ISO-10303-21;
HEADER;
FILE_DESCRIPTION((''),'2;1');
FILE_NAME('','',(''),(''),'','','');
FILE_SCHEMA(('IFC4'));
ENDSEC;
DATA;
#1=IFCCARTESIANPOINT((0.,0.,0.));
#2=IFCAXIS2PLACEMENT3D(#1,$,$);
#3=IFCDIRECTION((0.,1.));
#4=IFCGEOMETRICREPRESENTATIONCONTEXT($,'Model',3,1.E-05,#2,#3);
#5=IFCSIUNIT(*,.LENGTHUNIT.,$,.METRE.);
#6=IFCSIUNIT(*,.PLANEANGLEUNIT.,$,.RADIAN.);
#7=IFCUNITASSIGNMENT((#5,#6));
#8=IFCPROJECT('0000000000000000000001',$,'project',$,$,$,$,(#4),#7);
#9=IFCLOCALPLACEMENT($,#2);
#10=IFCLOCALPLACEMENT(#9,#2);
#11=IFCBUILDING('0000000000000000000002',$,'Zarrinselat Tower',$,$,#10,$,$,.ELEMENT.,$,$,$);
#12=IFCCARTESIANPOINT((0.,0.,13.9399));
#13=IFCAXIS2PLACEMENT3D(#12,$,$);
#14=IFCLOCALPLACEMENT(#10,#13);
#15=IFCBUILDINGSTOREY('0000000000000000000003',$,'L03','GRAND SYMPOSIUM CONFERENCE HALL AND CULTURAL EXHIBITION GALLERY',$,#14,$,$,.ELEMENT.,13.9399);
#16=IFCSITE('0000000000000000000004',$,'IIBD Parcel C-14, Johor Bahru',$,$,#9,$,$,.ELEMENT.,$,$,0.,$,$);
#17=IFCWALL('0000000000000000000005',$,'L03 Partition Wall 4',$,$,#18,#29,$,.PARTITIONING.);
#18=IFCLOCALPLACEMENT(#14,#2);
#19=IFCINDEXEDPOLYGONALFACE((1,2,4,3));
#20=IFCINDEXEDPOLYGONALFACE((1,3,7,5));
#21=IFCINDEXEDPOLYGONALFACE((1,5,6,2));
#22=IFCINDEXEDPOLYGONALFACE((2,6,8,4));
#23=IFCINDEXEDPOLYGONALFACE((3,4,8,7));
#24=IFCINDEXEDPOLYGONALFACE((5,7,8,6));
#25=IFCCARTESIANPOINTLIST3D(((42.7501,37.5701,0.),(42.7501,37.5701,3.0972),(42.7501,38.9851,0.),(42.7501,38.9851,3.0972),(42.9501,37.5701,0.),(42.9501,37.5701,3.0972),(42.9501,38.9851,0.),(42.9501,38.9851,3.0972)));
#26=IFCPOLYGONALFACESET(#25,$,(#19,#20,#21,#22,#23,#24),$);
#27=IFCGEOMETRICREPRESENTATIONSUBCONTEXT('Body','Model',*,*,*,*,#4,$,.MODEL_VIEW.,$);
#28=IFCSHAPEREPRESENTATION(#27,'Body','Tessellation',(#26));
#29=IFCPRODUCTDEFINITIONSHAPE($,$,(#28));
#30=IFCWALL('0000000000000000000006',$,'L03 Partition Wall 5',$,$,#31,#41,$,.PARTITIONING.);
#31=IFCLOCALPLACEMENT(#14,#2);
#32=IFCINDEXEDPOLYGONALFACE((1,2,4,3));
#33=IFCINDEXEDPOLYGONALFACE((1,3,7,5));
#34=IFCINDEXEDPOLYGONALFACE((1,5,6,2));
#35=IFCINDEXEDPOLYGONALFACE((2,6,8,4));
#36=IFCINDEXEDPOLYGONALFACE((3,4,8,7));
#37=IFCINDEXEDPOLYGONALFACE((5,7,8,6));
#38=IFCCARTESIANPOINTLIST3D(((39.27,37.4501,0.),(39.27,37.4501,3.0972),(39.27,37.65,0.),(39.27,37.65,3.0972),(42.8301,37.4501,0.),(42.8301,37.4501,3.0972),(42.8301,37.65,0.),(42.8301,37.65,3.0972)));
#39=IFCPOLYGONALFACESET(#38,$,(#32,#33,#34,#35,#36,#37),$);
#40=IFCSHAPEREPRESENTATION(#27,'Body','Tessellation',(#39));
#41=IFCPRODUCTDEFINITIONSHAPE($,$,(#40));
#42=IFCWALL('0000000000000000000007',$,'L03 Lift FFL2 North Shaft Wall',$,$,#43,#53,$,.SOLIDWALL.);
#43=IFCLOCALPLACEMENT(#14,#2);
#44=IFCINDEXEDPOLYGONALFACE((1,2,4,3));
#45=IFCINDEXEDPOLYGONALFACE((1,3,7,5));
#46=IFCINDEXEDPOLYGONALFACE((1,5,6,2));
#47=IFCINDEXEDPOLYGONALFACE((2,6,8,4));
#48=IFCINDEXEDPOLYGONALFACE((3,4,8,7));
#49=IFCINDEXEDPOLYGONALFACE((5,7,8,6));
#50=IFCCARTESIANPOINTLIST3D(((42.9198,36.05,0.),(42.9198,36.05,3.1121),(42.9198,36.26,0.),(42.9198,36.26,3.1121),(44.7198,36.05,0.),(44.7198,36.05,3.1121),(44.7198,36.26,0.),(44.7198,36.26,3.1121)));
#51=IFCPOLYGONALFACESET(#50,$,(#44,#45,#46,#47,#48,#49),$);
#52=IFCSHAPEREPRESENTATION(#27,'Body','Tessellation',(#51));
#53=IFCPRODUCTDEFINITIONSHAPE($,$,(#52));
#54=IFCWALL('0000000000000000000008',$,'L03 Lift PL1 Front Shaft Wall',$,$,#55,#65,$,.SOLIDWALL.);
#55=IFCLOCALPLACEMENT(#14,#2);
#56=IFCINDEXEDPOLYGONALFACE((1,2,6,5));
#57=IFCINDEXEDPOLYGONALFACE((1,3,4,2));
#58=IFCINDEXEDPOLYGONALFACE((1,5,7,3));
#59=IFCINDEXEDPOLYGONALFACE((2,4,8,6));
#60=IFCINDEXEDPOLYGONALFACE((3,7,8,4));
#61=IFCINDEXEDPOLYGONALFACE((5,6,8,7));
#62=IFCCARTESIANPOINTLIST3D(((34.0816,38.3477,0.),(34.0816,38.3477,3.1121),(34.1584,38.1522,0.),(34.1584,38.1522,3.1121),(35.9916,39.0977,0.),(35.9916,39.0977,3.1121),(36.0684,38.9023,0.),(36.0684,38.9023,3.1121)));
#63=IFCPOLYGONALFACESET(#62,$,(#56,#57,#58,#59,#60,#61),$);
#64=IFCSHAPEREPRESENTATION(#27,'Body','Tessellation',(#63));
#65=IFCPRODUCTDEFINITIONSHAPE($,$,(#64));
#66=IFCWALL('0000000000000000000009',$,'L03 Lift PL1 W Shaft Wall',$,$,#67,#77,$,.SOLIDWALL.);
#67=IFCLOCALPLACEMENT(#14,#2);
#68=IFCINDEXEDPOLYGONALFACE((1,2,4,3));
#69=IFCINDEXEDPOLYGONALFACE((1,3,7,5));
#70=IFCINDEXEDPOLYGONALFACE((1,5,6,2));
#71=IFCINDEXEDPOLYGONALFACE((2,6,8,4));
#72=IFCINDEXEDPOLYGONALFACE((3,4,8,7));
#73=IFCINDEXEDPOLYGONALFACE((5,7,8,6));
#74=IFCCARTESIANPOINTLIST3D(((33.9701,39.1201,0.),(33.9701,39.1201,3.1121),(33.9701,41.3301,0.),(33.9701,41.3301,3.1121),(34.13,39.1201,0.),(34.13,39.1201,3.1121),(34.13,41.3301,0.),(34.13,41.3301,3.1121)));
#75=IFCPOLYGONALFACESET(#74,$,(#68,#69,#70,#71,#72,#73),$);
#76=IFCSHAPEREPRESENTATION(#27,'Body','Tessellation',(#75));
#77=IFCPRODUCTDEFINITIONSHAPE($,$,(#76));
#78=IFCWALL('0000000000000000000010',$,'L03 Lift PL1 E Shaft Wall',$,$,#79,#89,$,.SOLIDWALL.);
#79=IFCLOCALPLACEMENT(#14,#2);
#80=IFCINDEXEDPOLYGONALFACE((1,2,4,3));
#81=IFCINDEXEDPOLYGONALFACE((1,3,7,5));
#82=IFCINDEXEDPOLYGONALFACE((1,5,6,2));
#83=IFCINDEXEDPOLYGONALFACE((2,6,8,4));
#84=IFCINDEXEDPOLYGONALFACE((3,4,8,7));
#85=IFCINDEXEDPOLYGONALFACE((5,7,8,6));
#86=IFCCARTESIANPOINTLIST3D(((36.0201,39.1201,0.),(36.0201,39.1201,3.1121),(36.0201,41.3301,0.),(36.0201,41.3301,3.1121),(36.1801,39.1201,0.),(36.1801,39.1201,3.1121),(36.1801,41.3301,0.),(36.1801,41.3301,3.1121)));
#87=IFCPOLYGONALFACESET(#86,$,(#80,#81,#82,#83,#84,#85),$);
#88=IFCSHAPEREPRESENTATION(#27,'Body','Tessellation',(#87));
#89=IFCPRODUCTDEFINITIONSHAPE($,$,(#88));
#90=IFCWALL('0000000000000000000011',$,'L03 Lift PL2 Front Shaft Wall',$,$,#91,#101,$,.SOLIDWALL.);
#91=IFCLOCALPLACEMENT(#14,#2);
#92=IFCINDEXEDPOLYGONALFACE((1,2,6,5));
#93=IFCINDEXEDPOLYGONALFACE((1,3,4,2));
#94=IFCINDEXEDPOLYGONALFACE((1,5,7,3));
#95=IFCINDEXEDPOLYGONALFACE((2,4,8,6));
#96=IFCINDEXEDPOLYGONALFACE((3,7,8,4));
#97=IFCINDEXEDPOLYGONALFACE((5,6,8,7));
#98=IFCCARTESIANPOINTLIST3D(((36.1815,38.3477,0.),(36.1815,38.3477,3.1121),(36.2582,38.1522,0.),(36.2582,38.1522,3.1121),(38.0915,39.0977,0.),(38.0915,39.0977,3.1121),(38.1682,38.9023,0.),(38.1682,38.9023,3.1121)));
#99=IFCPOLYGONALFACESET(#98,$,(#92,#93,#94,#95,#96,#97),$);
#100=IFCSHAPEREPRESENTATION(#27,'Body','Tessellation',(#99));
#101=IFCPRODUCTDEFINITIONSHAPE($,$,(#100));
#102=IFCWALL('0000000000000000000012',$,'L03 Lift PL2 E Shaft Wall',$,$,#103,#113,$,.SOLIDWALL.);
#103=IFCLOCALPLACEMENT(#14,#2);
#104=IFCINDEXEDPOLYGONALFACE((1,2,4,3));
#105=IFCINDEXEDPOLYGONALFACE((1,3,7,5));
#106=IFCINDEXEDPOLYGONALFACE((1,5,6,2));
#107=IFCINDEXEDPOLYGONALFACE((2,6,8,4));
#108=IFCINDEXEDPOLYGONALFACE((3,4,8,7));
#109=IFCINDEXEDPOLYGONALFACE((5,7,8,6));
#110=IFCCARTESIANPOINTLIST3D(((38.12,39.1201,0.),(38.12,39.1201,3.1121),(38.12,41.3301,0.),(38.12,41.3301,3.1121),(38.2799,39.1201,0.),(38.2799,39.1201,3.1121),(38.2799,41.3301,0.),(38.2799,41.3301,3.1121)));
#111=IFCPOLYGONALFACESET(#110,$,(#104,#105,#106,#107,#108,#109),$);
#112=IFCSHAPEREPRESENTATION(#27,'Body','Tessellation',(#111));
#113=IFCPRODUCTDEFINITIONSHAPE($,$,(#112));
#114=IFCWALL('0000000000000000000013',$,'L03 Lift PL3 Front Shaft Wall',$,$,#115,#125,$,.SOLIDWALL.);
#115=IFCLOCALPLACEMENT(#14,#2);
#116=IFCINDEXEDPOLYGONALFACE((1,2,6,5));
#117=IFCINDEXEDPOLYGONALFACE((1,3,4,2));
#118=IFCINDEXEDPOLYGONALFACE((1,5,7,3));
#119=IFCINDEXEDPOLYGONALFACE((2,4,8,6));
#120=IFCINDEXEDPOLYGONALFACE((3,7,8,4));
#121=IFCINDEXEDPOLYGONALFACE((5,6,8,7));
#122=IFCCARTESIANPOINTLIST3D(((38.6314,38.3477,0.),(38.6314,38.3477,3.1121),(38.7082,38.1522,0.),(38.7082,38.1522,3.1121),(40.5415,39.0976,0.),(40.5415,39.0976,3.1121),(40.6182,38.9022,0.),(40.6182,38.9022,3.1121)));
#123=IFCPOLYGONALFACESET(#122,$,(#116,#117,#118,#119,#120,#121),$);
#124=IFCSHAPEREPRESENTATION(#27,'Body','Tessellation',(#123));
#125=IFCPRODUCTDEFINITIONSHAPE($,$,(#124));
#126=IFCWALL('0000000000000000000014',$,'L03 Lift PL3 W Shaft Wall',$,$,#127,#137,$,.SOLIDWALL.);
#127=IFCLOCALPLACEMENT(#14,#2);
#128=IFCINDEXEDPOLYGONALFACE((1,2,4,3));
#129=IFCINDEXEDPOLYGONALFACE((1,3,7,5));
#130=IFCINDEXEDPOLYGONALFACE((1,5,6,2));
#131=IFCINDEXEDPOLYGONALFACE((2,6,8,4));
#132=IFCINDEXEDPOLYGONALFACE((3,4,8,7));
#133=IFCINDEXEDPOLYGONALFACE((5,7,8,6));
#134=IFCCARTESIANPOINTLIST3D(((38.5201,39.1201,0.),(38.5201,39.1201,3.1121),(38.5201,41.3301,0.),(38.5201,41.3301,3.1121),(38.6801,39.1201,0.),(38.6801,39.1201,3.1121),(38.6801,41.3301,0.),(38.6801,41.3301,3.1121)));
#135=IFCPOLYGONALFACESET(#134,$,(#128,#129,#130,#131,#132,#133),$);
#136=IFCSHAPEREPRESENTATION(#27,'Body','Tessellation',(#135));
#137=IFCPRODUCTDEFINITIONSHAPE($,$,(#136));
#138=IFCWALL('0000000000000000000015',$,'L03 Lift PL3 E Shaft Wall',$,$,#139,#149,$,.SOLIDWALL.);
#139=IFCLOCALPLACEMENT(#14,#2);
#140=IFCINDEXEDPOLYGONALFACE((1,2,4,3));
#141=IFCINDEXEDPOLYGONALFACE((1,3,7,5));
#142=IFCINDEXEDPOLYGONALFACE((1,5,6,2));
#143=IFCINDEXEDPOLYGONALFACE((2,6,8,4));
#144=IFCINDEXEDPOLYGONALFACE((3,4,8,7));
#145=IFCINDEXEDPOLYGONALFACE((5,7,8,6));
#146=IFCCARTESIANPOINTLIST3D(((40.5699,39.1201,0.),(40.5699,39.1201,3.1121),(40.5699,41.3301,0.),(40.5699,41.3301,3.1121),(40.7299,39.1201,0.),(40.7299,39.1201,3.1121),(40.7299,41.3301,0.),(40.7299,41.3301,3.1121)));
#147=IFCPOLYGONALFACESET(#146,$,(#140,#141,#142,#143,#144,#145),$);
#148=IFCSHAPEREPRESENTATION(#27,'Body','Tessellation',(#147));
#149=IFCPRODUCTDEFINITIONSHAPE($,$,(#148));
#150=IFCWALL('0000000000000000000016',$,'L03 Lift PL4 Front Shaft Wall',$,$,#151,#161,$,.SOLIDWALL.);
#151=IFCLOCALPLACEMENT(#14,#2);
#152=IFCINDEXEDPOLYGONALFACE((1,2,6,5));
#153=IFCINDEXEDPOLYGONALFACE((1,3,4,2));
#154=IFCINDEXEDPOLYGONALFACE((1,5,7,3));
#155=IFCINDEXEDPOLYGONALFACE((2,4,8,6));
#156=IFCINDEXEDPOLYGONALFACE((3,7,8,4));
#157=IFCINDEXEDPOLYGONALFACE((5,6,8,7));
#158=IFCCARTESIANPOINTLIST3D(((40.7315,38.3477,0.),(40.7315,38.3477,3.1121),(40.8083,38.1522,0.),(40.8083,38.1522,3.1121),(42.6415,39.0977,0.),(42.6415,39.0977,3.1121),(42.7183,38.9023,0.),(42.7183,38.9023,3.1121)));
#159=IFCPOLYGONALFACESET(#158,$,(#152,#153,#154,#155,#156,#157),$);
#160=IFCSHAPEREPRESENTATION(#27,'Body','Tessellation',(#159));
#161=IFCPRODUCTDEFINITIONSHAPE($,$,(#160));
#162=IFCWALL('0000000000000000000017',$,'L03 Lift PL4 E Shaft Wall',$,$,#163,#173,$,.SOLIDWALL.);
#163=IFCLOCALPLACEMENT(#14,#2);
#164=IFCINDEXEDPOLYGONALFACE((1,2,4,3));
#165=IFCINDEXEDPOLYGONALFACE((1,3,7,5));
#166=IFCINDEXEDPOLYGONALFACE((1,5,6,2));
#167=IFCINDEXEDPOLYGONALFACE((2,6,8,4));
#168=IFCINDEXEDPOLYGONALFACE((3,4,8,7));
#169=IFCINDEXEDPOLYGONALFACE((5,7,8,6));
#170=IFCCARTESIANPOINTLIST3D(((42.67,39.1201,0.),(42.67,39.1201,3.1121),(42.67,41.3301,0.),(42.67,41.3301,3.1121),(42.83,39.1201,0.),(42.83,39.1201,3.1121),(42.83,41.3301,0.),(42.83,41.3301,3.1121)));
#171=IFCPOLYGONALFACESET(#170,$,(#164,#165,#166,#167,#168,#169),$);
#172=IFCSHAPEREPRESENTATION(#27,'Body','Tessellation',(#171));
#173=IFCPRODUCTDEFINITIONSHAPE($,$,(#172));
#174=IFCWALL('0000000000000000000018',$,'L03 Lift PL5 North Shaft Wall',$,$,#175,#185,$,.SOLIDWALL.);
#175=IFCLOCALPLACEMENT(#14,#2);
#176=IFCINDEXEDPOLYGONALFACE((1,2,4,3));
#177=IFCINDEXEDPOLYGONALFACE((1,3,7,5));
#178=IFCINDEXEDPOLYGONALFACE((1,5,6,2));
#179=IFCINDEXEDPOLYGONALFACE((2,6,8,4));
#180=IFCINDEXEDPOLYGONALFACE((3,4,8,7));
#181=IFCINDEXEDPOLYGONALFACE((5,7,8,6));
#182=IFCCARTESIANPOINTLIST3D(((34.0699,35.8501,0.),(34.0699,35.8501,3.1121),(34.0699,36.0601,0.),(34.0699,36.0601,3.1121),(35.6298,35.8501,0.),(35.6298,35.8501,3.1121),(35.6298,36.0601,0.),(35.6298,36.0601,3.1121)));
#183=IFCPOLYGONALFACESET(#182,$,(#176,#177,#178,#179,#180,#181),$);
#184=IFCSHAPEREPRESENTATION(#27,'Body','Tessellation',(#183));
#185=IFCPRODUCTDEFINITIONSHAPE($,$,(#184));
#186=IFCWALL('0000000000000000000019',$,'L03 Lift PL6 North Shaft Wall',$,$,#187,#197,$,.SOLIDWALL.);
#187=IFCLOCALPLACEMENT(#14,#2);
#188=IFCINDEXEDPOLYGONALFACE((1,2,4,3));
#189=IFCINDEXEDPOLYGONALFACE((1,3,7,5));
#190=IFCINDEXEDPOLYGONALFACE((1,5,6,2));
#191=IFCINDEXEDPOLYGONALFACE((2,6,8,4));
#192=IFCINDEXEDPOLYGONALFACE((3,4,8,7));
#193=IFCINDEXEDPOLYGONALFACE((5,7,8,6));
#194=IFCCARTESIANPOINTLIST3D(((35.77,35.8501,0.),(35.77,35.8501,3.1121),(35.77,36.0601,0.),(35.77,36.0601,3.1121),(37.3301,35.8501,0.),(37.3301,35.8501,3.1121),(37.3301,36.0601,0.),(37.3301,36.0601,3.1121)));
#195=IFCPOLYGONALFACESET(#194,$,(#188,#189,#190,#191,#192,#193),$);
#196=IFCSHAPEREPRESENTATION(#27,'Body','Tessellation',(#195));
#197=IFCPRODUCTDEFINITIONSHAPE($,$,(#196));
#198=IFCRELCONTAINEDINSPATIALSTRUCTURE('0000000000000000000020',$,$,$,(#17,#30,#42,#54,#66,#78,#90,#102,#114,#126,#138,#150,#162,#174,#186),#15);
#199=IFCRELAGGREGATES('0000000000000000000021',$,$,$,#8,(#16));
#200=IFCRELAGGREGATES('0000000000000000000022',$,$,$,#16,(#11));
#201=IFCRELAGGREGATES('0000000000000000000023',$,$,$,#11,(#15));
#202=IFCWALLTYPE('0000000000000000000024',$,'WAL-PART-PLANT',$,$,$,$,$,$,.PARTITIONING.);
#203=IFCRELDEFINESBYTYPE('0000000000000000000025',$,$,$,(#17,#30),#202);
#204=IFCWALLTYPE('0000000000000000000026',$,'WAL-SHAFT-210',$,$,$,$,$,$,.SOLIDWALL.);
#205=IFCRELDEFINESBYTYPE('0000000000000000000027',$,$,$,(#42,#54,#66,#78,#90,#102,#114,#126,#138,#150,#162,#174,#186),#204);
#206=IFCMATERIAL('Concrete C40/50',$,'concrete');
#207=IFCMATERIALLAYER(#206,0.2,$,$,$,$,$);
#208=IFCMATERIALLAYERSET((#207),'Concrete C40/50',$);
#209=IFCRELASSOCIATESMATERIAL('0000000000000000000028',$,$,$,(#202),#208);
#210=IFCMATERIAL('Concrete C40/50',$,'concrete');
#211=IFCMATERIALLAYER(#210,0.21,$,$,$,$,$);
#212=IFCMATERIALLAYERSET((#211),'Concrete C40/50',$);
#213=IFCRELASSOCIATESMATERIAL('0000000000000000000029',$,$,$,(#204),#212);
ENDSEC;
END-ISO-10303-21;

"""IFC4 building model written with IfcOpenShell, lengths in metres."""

from ifc_helpers import new_model, si_unit, direction, frame, frame_2d, origin, place, context, subcontext, project, spatial, rectangle, extrude, material, layer, layer_set, type_object, element, save


model = new_model("IFC4")

# Units and contexts
model_context = context("Model", 3, precision=1e-05, world=origin(), true_north=direction((0.0, 1.0)))
body_context = subcontext(model_context, "Body", "Model", "MODEL_VIEW")
ifc_project = project(units=[si_unit("LENGTHUNIT", "METRE"), si_unit("PLANEANGLEUNIT", "RADIAN")], contexts=[model_context])

# Site, building, storey
site_placement = place(None, origin())
site = spatial("IfcSite", under=ifc_project, at=site_placement, Name="IIBD Parcel C-14, Johor Bahru", CompositionType="ELEMENT", RefElevation=0.0)
building_placement = place(site_placement, origin())
building = spatial("IfcBuilding", under=site, at=building_placement, Name="Zarrinselat Tower", CompositionType="ELEMENT")
storey_placement = place(building_placement, frame((0.0, 0.0, 13.9399)))
storey = spatial("IfcBuildingStorey", under=building, at=storey_placement, Name="L03", Description="GRAND SYMPOSIUM CONFERENCE HALL AND CULTURAL EXHIBITION GALLERY", CompositionType="ELEMENT", Elevation=13.9399)

# Walls
ifc_material_1 = material(Name="Concrete C40/50", Category="concrete")
ifc_layer_1 = layer(ifc_material_1, 0.2)
ifc_layer_set_1 = layer_set([ifc_layer_1], Name="Concrete C40/50")
wall_type_1 = type_object("IfcWallType", Name="WAL-PART-PLANT", PredefinedType="PARTITIONING", material=ifc_layer_set_1)
wall_1_placement = place(storey_placement, frame((42.8501, 37.5701, 0.0), z_axis=(0.0, 0.0, 1.0), x_axis=(0.0, 1.0, 0.0)))
element("IfcWall", 1, at=wall_1_placement, inside=storey, type_object=wall_type_1, Name="L03 Partition Wall 4", PredefinedType="PARTITIONING", context=body_context, shape_type="SweptSolid", body=[
    extrude(rectangle(XDim=1.415, YDim=0.2, at=frame_2d((0.7075, 0.0))), origin(), (0.0, 0.0, 1.0), 3.0972),
])
wall_2_placement = place(storey_placement, frame((39.27, 37.55, 0.0), z_axis=(0.0, 0.0, 1.0), x_axis=(1.0, 0.0, 0.0)))
element("IfcWall", 2, at=wall_2_placement, inside=storey, type_object=wall_type_1, Name="L03 Partition Wall 5", PredefinedType="PARTITIONING", context=body_context, shape_type="SweptSolid", body=[
    extrude(rectangle(XDim=3.5601, YDim=0.2, at=frame_2d((1.78, 0.0))), origin(), (0.0, 0.0, 1.0), 3.0972),
])
ifc_material_2 = material(Name="Concrete C40/50", Category="concrete")
ifc_layer_2 = layer(ifc_material_2, 0.21)
ifc_layer_set_2 = layer_set([ifc_layer_2], Name="Concrete C40/50")
wall_type_2 = type_object("IfcWallType", Name="WAL-SHAFT-210", PredefinedType="SOLIDWALL", material=ifc_layer_set_2)
wall_3_placement = place(storey_placement, frame((42.9199, 36.155, 0.0), z_axis=(0.0, 0.0, 1.0), x_axis=(1.0, 0.0, 0.0)))
element("IfcWall", 3, at=wall_3_placement, inside=storey, type_object=wall_type_2, Name="L03 Lift FFL2 North Shaft Wall", PredefinedType="SOLIDWALL", context=body_context, shape_type="SweptSolid", body=[
    extrude(rectangle(XDim=1.8, YDim=0.21, at=frame_2d((0.8999, 0.0))), origin(), (0.0, 0.0, 1.0), 3.1121),
])
wall_4_placement = place(storey_placement, frame((34.1201, 38.25, 0.0), z_axis=(0.0, 0.0, 1.0), x_axis=(0.930805, 0.365516, 0.0)))
element("IfcWall", 4, at=wall_4_placement, inside=storey, type_object=wall_type_2, Name="L03 Lift PL1 Front Shaft Wall", PredefinedType="SOLIDWALL", context=body_context, shape_type="SweptSolid", body=[
    extrude(rectangle(XDim=2.052, YDim=0.21, at=frame_2d((1.0259, 0.0))), origin(), (0.0, 0.0, 1.0), 3.1121),
])
for number, where, z_axis, x_axis, name in (
    (5, (34.05, 39.1201, 0.0), (0.0, 0.0, 1.0), (0.0, 1.0, 0.0), "L03 Lift PL1 W Shaft Wall"),
    (6, (36.1001, 39.1201, 0.0), (0.0, 0.0, 1.0), (0.0, 1.0, 0.0), "L03 Lift PL1 E Shaft Wall"),
):
    element("IfcWall", number, at=place(storey_placement, frame(where, z_axis=z_axis, x_axis=x_axis)), inside=storey, type_object=wall_type_2, Name=name, PredefinedType="SOLIDWALL", context=body_context, shape_type="SweptSolid", body=[
        extrude(rectangle(XDim=2.21, YDim=0.1599, at=frame_2d((1.105, 0.0))), origin(), (0.0, 0.0, 1.0), 3.1121),
    ])
wall_5_placement = place(storey_placement, frame((36.22, 38.25, 0.0), z_axis=(0.0, 0.0, 1.0), x_axis=(0.930805, 0.365516, 0.0)))
element("IfcWall", 7, at=wall_5_placement, inside=storey, type_object=wall_type_2, Name="L03 Lift PL2 Front Shaft Wall", PredefinedType="SOLIDWALL", context=body_context, shape_type="SweptSolid", body=[
    extrude(rectangle(XDim=2.052, YDim=0.21, at=frame_2d((1.0259, 0.0))), origin(), (0.0, 0.0, 1.0), 3.1121),
])
wall_6_placement = place(storey_placement, frame((38.2, 39.1201, 0.0), z_axis=(0.0, 0.0, 1.0), x_axis=(0.0, 1.0, 0.0)))
element("IfcWall", 8, at=wall_6_placement, inside=storey, type_object=wall_type_2, Name="L03 Lift PL2 E Shaft Wall", PredefinedType="SOLIDWALL", context=body_context, shape_type="SweptSolid", body=[
    extrude(rectangle(XDim=2.21, YDim=0.1599, at=frame_2d((1.105, 0.0))), origin(), (0.0, 0.0, 1.0), 3.1121),
])
wall_7_placement = place(storey_placement, frame((38.6699, 38.25, 0.0), z_axis=(0.0, 0.0, 1.0), x_axis=(0.930821, 0.365476, 0.0)))
element("IfcWall", 9, at=wall_7_placement, inside=storey, type_object=wall_type_2, Name="L03 Lift PL3 Front Shaft Wall", PredefinedType="SOLIDWALL", context=body_context, shape_type="SweptSolid", body=[
    extrude(rectangle(XDim=2.052, YDim=0.21, at=frame_2d((1.0259, 0.0))), origin(), (0.0, 0.0, 1.0), 3.1121),
])
for number, where, z_axis, x_axis, name in (
    (10, (38.6001, 39.1201, 0.0), (0.0, 0.0, 1.0), (0.0, 1.0, 0.0), "L03 Lift PL3 W Shaft Wall"),
    (11, (40.6499, 39.1201, 0.0), (0.0, 0.0, 1.0), (0.0, 1.0, 0.0), "L03 Lift PL3 E Shaft Wall"),
):
    element("IfcWall", number, at=place(storey_placement, frame(where, z_axis=z_axis, x_axis=x_axis)), inside=storey, type_object=wall_type_2, Name=name, PredefinedType="SOLIDWALL", context=body_context, shape_type="SweptSolid", body=[
        extrude(rectangle(XDim=2.21, YDim=0.1599, at=frame_2d((1.105, 0.0))), origin(), (0.0, 0.0, 1.0), 3.1121),
    ])
wall_8_placement = place(storey_placement, frame((40.77, 38.25, 0.0), z_axis=(0.0, 0.0, 1.0), x_axis=(0.930805, 0.365516, 0.0)))
element("IfcWall", 12, at=wall_8_placement, inside=storey, type_object=wall_type_2, Name="L03 Lift PL4 Front Shaft Wall", PredefinedType="SOLIDWALL", context=body_context, shape_type="SweptSolid", body=[
    extrude(rectangle(XDim=2.052, YDim=0.21, at=frame_2d((1.0259, 0.0))), origin(), (0.0, 0.0, 1.0), 3.1121),
])
wall_9_placement = place(storey_placement, frame((42.75, 39.1201, 0.0), z_axis=(0.0, 0.0, 1.0), x_axis=(0.0, 1.0, 0.0)))
element("IfcWall", 13, at=wall_9_placement, inside=storey, type_object=wall_type_2, Name="L03 Lift PL4 E Shaft Wall", PredefinedType="SOLIDWALL", context=body_context, shape_type="SweptSolid", body=[
    extrude(rectangle(XDim=2.21, YDim=0.1599, at=frame_2d((1.105, 0.0))), origin(), (0.0, 0.0, 1.0), 3.1121),
])
wall_10_placement = place(storey_placement, frame((34.0701, 35.9551, 0.0), z_axis=(0.0, 0.0, 1.0), x_axis=(1.0, 0.0, 0.0)))
element("IfcWall", 14, at=wall_10_placement, inside=storey, type_object=wall_type_2, Name="L03 Lift PL5 North Shaft Wall", PredefinedType="SOLIDWALL", context=body_context, shape_type="SweptSolid", body=[
    extrude(rectangle(XDim=1.5598, YDim=0.21, at=frame_2d((0.7798, 0.0))), origin(), (0.0, 0.0, 1.0), 3.1121),
])
for number, where, z_axis, x_axis, name in (
    (15, (35.77, 35.9551, 0.0), (0.0, 0.0, 1.0), (1.0, 0.0, 0.0), "L03 Lift PL6 North Shaft Wall"),
):
    element("IfcWall", number, at=place(storey_placement, frame(where, z_axis=z_axis, x_axis=x_axis)), inside=storey, type_object=wall_type_2, Name=name, PredefinedType="SOLIDWALL", context=body_context, shape_type="SweptSolid", body=[
        extrude(rectangle(XDim=1.5601, YDim=0.21, at=frame_2d((0.78, 0.0))), origin(), (0.0, 0.0, 1.0), 3.1121),
    ])

save(model, "model.ifc")
